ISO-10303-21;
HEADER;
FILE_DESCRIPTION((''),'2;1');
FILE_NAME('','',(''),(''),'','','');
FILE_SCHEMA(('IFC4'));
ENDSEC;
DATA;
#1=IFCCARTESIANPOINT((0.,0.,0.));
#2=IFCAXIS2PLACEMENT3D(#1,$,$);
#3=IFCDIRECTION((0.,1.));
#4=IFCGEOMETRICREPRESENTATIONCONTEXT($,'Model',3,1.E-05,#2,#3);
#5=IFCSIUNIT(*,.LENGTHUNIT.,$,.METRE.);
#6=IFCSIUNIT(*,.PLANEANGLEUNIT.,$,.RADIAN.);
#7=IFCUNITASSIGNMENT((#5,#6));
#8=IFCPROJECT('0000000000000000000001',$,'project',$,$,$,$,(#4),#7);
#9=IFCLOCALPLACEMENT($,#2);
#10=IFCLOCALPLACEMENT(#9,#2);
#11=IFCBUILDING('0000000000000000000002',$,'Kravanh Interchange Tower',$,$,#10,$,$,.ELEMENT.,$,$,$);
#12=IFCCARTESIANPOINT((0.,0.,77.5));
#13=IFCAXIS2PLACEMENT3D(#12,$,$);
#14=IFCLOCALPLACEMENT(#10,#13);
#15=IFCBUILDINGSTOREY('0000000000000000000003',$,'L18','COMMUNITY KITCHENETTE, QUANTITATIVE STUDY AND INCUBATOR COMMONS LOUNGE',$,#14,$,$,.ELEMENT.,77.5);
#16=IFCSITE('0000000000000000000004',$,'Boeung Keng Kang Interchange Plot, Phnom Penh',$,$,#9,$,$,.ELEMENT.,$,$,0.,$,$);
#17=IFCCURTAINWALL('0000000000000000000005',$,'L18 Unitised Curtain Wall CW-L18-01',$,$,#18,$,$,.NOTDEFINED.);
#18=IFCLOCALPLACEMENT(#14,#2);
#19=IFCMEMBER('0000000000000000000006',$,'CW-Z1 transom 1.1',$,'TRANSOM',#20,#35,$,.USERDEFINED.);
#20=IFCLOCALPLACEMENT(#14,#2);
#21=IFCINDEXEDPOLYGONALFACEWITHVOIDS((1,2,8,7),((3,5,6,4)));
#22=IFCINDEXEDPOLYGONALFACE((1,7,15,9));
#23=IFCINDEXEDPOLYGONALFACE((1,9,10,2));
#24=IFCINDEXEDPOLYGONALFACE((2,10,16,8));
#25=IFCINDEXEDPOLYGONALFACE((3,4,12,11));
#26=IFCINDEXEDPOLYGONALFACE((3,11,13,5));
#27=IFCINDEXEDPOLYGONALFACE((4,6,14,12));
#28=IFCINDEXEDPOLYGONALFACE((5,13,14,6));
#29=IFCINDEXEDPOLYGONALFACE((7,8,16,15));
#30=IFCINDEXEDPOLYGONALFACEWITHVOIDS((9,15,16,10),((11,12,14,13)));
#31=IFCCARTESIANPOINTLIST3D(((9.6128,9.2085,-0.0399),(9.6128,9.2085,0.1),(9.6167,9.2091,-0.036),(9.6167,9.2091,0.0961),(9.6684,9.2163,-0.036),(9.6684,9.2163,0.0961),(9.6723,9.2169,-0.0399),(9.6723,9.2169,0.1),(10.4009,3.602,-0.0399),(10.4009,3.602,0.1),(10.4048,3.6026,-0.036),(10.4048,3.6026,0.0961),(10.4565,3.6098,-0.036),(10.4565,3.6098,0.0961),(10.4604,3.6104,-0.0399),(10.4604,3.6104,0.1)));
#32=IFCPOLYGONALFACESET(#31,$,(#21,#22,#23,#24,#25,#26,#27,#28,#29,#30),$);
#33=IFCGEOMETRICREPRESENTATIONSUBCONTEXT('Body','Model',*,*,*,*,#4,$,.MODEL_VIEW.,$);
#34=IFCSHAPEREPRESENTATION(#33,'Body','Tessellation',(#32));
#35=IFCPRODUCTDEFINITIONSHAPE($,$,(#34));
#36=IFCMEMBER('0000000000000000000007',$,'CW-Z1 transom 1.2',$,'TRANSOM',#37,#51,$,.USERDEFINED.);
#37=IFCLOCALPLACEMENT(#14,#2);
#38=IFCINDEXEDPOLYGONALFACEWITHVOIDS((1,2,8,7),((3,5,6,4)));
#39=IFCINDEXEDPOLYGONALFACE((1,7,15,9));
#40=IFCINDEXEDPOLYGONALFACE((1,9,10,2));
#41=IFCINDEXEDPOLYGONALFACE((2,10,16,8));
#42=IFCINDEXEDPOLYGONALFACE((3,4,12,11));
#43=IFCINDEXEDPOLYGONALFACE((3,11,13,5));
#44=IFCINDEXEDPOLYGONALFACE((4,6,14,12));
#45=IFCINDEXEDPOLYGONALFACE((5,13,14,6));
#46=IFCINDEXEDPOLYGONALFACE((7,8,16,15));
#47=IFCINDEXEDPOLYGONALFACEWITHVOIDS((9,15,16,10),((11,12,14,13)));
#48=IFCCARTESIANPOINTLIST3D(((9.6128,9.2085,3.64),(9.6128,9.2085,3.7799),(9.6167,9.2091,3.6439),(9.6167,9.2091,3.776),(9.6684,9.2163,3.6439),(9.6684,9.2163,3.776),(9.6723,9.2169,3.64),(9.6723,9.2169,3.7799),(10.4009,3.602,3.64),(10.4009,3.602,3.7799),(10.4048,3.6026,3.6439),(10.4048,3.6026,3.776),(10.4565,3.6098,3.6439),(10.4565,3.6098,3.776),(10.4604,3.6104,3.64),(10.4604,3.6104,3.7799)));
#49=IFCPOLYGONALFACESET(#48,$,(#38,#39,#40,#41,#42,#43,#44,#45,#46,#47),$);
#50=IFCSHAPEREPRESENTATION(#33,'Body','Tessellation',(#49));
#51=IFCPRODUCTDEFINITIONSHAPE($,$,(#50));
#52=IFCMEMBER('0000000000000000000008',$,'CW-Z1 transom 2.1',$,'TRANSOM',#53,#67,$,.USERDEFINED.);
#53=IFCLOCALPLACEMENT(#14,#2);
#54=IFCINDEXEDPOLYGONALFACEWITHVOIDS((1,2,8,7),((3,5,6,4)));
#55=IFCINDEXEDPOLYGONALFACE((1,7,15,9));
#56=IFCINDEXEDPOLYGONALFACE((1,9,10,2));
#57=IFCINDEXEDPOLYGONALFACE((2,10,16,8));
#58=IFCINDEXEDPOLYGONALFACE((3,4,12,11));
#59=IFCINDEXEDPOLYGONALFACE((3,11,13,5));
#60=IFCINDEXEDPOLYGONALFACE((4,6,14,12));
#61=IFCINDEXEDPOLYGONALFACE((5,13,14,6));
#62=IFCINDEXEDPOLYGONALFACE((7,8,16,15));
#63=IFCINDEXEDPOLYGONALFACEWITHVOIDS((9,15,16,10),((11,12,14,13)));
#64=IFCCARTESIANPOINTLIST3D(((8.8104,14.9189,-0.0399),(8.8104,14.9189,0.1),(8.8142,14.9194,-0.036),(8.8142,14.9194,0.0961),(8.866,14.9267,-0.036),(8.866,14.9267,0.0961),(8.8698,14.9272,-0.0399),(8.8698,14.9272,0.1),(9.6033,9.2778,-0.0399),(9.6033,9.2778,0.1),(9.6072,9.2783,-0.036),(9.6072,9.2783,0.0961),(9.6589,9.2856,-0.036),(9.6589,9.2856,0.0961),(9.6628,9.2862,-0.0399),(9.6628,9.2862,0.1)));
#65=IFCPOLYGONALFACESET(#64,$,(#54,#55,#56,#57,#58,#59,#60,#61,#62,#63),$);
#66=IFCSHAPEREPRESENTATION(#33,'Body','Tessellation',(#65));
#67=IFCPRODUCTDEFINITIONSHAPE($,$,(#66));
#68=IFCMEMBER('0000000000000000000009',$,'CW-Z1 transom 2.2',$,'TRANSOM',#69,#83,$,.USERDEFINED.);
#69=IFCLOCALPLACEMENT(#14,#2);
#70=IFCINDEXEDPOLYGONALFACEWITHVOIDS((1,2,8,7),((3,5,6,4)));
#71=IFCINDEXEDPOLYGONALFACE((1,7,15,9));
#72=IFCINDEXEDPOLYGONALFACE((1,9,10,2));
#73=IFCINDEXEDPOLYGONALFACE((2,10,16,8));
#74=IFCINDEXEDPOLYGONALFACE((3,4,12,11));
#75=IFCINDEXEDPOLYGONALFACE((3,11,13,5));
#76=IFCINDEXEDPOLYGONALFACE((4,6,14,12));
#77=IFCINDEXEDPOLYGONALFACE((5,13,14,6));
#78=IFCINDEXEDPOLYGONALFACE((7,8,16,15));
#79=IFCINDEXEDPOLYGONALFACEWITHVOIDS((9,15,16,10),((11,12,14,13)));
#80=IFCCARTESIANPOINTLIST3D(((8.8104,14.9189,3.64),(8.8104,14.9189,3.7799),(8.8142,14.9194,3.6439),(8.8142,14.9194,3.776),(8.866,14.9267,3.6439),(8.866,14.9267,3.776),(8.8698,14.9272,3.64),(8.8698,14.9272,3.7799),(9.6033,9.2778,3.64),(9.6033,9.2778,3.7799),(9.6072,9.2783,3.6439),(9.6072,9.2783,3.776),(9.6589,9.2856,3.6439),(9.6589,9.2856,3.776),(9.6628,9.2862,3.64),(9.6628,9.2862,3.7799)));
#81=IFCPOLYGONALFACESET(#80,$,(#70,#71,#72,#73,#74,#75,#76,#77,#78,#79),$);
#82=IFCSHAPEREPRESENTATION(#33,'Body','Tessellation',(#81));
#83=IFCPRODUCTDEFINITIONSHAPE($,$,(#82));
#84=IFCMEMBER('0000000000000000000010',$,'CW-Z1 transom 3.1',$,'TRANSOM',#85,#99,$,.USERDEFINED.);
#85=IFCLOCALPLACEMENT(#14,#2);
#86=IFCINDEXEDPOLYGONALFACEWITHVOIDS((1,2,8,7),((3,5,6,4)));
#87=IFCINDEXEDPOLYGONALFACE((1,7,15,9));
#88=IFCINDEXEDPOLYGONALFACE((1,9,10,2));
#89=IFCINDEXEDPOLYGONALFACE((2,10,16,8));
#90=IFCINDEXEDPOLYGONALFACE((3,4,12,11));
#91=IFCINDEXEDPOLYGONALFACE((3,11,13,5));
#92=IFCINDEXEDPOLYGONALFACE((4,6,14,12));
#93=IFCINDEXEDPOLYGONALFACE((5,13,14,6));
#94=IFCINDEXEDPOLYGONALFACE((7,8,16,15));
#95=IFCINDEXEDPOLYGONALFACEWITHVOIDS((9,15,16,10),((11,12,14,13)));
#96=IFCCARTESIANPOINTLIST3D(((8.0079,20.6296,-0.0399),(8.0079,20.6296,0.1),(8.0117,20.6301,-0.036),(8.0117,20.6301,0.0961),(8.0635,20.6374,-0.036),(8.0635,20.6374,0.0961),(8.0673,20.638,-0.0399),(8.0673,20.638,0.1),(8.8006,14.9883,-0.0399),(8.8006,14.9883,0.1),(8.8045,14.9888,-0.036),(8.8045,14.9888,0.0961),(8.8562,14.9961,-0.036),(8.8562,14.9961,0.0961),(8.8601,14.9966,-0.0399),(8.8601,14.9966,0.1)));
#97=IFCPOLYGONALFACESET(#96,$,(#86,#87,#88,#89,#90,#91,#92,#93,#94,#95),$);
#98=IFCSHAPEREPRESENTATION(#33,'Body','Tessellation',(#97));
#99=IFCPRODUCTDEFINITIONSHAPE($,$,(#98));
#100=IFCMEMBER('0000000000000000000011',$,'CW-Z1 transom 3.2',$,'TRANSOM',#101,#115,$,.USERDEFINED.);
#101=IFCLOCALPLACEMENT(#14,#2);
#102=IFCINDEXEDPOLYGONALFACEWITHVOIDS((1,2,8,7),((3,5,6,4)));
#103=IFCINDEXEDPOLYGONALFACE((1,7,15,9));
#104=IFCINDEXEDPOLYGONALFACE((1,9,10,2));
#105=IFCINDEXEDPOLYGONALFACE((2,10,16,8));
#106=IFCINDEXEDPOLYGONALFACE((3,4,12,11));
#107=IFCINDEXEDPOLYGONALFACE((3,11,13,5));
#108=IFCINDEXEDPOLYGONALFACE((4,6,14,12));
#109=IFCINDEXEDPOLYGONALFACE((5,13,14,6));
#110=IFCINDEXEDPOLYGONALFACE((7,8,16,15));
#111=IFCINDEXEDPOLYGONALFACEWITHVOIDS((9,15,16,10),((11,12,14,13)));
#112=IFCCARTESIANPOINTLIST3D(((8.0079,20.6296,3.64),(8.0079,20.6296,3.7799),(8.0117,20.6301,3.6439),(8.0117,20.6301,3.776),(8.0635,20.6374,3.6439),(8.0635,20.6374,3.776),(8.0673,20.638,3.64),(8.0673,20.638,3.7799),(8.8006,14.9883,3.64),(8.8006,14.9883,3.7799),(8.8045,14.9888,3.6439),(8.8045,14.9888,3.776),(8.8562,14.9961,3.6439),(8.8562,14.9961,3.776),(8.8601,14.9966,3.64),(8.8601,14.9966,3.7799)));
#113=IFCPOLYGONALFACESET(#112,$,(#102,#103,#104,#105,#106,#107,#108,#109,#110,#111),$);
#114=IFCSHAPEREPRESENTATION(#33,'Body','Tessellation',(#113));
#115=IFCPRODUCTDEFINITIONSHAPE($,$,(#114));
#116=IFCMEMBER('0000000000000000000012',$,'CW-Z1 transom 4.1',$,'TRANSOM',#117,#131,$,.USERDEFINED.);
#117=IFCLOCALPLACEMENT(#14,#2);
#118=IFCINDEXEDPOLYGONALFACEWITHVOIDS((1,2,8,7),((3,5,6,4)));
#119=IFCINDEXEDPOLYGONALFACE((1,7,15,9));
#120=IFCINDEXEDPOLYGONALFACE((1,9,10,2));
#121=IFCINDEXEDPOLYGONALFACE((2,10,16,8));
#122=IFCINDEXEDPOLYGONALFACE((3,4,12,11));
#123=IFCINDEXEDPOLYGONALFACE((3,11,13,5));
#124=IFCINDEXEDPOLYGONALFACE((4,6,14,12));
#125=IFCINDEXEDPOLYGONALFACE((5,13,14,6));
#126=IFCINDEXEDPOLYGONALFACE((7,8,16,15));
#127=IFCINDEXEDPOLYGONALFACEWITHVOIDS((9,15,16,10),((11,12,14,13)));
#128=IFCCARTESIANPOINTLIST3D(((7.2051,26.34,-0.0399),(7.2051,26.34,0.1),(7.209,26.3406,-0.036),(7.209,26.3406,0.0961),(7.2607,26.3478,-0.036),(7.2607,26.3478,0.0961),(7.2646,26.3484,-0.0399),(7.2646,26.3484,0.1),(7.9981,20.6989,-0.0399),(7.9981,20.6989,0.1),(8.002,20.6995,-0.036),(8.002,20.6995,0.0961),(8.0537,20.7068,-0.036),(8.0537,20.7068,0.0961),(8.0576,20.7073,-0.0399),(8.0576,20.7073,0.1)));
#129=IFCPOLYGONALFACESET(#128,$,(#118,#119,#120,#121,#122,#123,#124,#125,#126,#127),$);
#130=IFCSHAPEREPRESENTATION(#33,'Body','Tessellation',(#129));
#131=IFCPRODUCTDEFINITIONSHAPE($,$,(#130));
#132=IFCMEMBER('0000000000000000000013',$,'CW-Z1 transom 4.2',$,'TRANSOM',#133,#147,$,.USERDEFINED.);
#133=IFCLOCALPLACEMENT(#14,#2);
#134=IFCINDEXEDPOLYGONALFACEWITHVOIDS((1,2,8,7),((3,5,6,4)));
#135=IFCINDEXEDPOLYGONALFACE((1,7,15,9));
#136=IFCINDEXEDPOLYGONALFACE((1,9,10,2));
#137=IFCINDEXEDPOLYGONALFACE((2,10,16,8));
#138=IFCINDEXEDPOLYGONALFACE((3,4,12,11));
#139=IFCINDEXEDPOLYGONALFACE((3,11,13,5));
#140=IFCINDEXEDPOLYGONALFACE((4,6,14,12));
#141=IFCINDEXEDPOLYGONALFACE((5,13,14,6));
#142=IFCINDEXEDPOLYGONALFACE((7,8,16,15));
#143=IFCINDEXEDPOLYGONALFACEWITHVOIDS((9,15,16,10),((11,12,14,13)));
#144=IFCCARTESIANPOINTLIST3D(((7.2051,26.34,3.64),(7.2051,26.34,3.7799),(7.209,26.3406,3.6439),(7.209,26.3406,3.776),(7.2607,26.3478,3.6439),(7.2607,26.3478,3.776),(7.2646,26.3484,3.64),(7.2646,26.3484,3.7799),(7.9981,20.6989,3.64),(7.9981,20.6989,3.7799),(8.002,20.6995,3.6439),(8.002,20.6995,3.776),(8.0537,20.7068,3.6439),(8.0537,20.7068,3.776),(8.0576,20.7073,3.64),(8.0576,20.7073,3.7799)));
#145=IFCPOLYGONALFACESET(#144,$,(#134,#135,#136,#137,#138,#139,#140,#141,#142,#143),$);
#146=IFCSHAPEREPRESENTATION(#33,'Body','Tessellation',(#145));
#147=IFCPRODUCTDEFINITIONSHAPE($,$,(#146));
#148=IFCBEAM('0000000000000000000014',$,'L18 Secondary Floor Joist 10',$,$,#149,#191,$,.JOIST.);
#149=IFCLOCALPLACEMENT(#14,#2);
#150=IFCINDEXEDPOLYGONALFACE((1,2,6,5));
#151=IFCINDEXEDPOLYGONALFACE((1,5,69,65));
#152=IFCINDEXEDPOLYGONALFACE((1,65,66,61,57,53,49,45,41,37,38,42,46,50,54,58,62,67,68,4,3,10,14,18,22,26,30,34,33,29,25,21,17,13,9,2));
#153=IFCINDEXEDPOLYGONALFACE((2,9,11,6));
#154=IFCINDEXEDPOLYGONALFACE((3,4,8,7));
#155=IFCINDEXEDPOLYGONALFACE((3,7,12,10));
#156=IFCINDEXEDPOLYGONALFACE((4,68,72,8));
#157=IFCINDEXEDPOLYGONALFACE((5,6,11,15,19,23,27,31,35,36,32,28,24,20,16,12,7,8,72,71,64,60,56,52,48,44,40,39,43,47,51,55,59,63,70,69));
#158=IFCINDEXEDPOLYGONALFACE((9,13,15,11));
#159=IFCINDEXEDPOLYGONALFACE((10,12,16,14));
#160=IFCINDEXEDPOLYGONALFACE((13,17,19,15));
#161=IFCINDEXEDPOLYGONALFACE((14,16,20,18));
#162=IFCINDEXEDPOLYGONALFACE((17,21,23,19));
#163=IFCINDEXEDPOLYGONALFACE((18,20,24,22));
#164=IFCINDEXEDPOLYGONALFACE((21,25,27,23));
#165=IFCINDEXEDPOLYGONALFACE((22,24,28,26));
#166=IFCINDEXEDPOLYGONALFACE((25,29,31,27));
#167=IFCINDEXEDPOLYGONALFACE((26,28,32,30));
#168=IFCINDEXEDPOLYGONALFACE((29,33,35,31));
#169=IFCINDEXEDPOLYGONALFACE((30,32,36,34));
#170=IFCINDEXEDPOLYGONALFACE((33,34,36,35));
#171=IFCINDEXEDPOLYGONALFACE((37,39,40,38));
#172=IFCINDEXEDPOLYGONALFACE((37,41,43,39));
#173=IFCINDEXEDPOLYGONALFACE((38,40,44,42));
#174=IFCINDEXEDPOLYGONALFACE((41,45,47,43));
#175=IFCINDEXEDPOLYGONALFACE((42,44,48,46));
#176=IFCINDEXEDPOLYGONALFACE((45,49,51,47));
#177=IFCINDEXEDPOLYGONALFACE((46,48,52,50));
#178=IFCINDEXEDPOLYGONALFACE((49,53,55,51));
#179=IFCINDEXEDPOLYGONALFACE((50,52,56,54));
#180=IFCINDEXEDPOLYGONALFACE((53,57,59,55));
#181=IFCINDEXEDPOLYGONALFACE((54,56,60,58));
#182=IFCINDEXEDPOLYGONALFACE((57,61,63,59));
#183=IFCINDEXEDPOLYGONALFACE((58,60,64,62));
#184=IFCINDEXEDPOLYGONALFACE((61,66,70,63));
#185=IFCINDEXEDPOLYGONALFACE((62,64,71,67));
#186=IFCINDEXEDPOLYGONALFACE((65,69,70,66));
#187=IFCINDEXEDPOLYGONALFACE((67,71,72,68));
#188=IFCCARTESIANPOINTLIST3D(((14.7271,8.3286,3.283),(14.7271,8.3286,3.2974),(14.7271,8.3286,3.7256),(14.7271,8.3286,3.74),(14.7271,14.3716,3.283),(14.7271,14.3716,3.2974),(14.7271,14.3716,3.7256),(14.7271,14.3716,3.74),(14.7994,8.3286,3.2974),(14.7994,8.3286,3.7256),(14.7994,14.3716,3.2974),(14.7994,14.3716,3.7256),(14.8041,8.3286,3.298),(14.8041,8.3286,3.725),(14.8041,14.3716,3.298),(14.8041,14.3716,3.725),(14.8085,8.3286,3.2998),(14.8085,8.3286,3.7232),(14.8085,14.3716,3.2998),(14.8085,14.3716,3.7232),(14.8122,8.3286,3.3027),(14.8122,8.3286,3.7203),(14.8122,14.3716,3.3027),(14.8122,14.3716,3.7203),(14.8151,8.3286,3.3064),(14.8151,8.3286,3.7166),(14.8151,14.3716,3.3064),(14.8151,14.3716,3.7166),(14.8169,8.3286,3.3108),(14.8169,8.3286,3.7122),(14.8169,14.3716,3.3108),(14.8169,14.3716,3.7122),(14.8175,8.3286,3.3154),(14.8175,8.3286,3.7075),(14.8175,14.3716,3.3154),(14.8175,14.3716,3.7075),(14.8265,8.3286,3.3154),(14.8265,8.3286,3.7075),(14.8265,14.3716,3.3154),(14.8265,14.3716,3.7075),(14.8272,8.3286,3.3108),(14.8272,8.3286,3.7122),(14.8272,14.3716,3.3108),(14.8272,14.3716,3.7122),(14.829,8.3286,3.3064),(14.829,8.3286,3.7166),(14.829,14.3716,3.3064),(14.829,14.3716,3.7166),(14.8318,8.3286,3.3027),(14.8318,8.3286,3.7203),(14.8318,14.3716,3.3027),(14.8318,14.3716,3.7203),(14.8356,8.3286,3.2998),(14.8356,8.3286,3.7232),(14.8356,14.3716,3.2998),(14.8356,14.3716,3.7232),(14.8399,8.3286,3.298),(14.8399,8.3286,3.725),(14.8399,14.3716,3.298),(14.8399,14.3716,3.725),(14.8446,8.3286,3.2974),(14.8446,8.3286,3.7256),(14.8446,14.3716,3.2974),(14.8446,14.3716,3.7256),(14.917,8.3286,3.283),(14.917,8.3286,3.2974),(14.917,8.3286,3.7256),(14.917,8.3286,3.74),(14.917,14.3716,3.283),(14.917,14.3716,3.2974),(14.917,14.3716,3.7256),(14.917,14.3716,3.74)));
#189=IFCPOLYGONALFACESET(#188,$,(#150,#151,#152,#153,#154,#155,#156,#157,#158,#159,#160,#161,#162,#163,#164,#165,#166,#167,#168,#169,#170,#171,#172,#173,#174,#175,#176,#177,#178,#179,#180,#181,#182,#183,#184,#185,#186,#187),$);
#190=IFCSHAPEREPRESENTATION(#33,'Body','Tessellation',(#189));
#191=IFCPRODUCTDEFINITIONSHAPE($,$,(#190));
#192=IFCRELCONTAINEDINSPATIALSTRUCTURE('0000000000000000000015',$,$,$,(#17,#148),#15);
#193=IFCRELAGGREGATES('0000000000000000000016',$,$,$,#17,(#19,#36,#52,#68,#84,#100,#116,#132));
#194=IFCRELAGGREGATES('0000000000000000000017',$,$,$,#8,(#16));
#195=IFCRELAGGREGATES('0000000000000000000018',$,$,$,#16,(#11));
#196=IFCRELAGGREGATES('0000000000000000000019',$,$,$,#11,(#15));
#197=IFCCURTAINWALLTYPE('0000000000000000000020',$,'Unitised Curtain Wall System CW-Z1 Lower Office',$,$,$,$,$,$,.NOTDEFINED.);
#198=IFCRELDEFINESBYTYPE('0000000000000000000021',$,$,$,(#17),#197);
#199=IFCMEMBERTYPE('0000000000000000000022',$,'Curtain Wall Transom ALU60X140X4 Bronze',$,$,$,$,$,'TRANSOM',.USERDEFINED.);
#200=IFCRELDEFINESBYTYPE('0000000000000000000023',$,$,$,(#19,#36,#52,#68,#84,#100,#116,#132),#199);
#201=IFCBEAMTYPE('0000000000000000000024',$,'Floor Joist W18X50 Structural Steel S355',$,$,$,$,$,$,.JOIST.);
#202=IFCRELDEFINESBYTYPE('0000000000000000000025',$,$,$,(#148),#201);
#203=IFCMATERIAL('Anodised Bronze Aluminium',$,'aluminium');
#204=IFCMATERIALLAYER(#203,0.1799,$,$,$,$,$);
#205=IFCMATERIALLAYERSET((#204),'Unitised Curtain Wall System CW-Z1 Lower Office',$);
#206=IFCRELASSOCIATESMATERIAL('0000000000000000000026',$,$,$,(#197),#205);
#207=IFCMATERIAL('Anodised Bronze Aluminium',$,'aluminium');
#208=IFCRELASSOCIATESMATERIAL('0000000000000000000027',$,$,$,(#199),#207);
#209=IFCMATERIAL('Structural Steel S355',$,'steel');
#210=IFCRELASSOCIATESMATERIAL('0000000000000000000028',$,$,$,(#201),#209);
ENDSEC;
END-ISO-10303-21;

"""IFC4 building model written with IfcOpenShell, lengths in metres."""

from ifc_helpers import new_model, si_unit, direction, frame, origin, origin_2d, place, context, subcontext, project, spatial, hollow_rectangle, i_section, extrude, material, layer, layer_set, material_profile, profile_set, type_object, element, aggregate, save


model = new_model("IFC4")

# Units and contexts
model_context = context("Model", 3, precision=1e-05, world=origin(), true_north=direction((0.0, 1.0)))
body_context = subcontext(model_context, "Body", "Model", "MODEL_VIEW")
ifc_project = project(units=[si_unit("LENGTHUNIT", "METRE"), si_unit("PLANEANGLEUNIT", "RADIAN")], contexts=[model_context])

# Site, building, storey
site_placement = place(None, origin())
site = spatial("IfcSite", under=ifc_project, at=site_placement, Name="Boeung Keng Kang Interchange Plot, Phnom Penh", CompositionType="ELEMENT", RefElevation=0.0)
building_placement = place(site_placement, origin())
building = spatial("IfcBuilding", under=site, at=building_placement, Name="Kravanh Interchange Tower", CompositionType="ELEMENT")
storey_placement = place(building_placement, frame((0.0, 0.0, 77.5)))
storey = spatial("IfcBuildingStorey", under=building, at=storey_placement, Name="L18", Description="COMMUNITY KITCHENETTE, QUANTITATIVE STUDY AND INCUBATOR COMMONS LOUNGE", CompositionType="ELEMENT", Elevation=77.5)

# Curtain wall, members
ifc_material_1 = material(Name="Anodised Bronze Aluminium", Category="aluminium")
ifc_layer_1 = layer(ifc_material_1, 0.1799)
ifc_layer_set_1 = layer_set([ifc_layer_1], Name="Unitised Curtain Wall System CW-Z1 Lower Office")
curtain_wall_type = type_object("IfcCurtainWallType", Name="Unitised Curtain Wall System CW-Z1 Lower Office", PredefinedType="NOTDEFINED", material=ifc_layer_set_1)
curtain_wall_placement = place(storey_placement, origin())
curtain_wall = element("IfcCurtainWall", 1, at=curtain_wall_placement, inside=storey, type_object=curtain_wall_type, Name="L18 Unitised Curtain Wall CW-L18-01", PredefinedType="NOTDEFINED")
ifc_material_2 = material(Name="Anodised Bronze Aluminium", Category="aluminium")
ifc_material_profile_1 = material_profile(ifc_material_2, hollow_rectangle(XDim=0.0601, YDim=0.1399, WallThickness=0.0039, at=origin_2d()), Name="ALU60X140X4")
ifc_profile_set_1 = profile_set([ifc_material_profile_1], Name="Anodised Bronze Aluminium")
member_type_1 = type_object("IfcMemberType", Name="Curtain Wall Transom ALU60X140X4 Bronze", ElementType="TRANSOM", PredefinedType="USERDEFINED", material=ifc_profile_set_1)
member_1_placement = place(storey_placement, frame((10.4307, 3.6062, 0.03), z_axis=(-0.139199, 0.990264, 0.0), x_axis=(-0.990264, -0.139199, 0.0)))
member_1 = element("IfcMember", 2, at=member_1_placement, type_object=member_type_1, Name="CW-Z1 transom 1.1", ObjectType="TRANSOM", PredefinedType="USERDEFINED", context=body_context, shape_type="SweptSolid", body=[
    extrude(hollow_rectangle(XDim=0.0601, YDim=0.1399, WallThickness=0.0039, at=origin_2d()), origin(), (0.0, 0.0, 1.0), 5.6616),
])
member_2_placement = place(storey_placement, frame((10.4307, 3.6062, 3.71), z_axis=(-0.139199, 0.990264, 0.0), x_axis=(-0.990264, -0.139199, 0.0)))
member_2 = element("IfcMember", 3, at=member_2_placement, type_object=member_type_1, Name="CW-Z1 transom 1.2", ObjectType="TRANSOM", PredefinedType="USERDEFINED", context=body_context, shape_type="SweptSolid", body=[
    extrude(hollow_rectangle(XDim=0.0601, YDim=0.1399, WallThickness=0.0039, at=origin_2d()), origin(), (0.0, 0.0, 1.0), 5.6616),
])
member_3_placement = place(storey_placement, frame((9.6331, 9.282, 0.03), z_axis=(-0.139201, 0.990264, 0.0), x_axis=(-0.990264, -0.139201, 0.0)))
member_3 = element("IfcMember", 4, at=member_3_placement, type_object=member_type_1, Name="CW-Z1 transom 2.1", ObjectType="TRANSOM", PredefinedType="USERDEFINED", context=body_context, shape_type="SweptSolid", body=[
    extrude(hollow_rectangle(XDim=0.0601, YDim=0.1399, WallThickness=0.0039, at=origin_2d()), origin(), (0.0, 0.0, 1.0), 5.6965),
])
member_4_placement = place(storey_placement, frame((9.6331, 9.282, 3.71), z_axis=(-0.139201, 0.990264, 0.0), x_axis=(-0.990264, -0.139201, 0.0)))
member_4 = element("IfcMember", 5, at=member_4_placement, type_object=member_type_1, Name="CW-Z1 transom 2.2", ObjectType="TRANSOM", PredefinedType="USERDEFINED", context=body_context, shape_type="SweptSolid", body=[
    extrude(hollow_rectangle(XDim=0.0601, YDim=0.1399, WallThickness=0.0039, at=origin_2d()), origin(), (0.0, 0.0, 1.0), 5.6965),
])
member_5_placement = place(storey_placement, frame((8.8303, 14.9924, 0.03), z_axis=(-0.139153, 0.990271, 0.0), x_axis=(-0.990271, -0.139153, 0.0)))
member_5 = element("IfcMember", 6, at=member_5_placement, type_object=member_type_1, Name="CW-Z1 transom 3.1", ObjectType="TRANSOM", PredefinedType="USERDEFINED", context=body_context, shape_type="SweptSolid", body=[
    extrude(hollow_rectangle(XDim=0.0601, YDim=0.1399, WallThickness=0.0039, at=origin_2d()), origin(), (0.0, 0.0, 1.0), 5.6968),
])
member_6_placement = place(storey_placement, frame((8.8303, 14.9924, 3.71), z_axis=(-0.139153, 0.990271, 0.0), x_axis=(-0.990271, -0.139153, 0.0)))
member_6 = element("IfcMember", 7, at=member_6_placement, type_object=member_type_1, Name="CW-Z1 transom 3.2", ObjectType="TRANSOM", PredefinedType="USERDEFINED", context=body_context, shape_type="SweptSolid", body=[
    extrude(hollow_rectangle(XDim=0.0601, YDim=0.1399, WallThickness=0.0039, at=origin_2d()), origin(), (0.0, 0.0, 1.0), 5.6968),
])
member_7_placement = place(storey_placement, frame((8.0278, 20.7031, 0.03), z_axis=(-0.139201, 0.990264, 0.0), x_axis=(-0.990264, -0.139201, 0.0)))
member_7 = element("IfcMember", 8, at=member_7_placement, type_object=member_type_1, Name="CW-Z1 transom 4.1", ObjectType="TRANSOM", PredefinedType="USERDEFINED", context=body_context, shape_type="SweptSolid", body=[
    extrude(hollow_rectangle(XDim=0.0601, YDim=0.1399, WallThickness=0.0039, at=origin_2d()), origin(), (0.0, 0.0, 1.0), 5.6965),
])
member_8_placement = place(storey_placement, frame((8.0278, 20.7031, 3.71), z_axis=(-0.139201, 0.990264, 0.0), x_axis=(-0.990264, -0.139201, 0.0)))
member_8 = element("IfcMember", 9, at=member_8_placement, type_object=member_type_1, Name="CW-Z1 transom 4.2", ObjectType="TRANSOM", PredefinedType="USERDEFINED", context=body_context, shape_type="SweptSolid", body=[
    extrude(hollow_rectangle(XDim=0.0601, YDim=0.1399, WallThickness=0.0039, at=origin_2d()), origin(), (0.0, 0.0, 1.0), 5.6965),
])

# Beam
ifc_material_3 = material(Name="Structural Steel S355", Category="steel")
ifc_material_profile_2 = material_profile(ifc_material_3, i_section(OverallWidth=0.1899, OverallDepth=0.457, WebThickness=0.009, FlangeThickness=0.0144, FilletRadius=0.0181, at=origin_2d()), Name="W18X50")
ifc_profile_set_2 = profile_set([ifc_material_profile_2], Name="Structural Steel S355")
beam_type_1 = type_object("IfcBeamType", Name="Floor Joist W18X50 Structural Steel S355", PredefinedType="JOIST", material=ifc_profile_set_2)
for number, where, z_axis, x_axis, name in (
    (10, (14.822, 8.3286, 3.5115), (0.0, 1.0, 0.0), (-1.0, 0.0, 0.0), "L18 Secondary Floor Joist 10"),
):
    element("IfcBeam", number, at=place(storey_placement, frame(where, z_axis=z_axis, x_axis=x_axis)), inside=storey, type_object=beam_type_1, Name=name, PredefinedType="JOIST", context=body_context, shape_type="SweptSolid", body=[
        extrude(i_section(OverallWidth=0.1899, OverallDepth=0.457, WebThickness=0.009, FlangeThickness=0.0144, FilletRadius=0.0181, at=origin_2d()), origin(), (0.0, 0.0, 1.0), 6.043),
    ])

aggregate(curtain_wall, [member_1, member_2, member_3, member_4, member_5, member_6, member_7, member_8])

save(model, "model.ifc")
